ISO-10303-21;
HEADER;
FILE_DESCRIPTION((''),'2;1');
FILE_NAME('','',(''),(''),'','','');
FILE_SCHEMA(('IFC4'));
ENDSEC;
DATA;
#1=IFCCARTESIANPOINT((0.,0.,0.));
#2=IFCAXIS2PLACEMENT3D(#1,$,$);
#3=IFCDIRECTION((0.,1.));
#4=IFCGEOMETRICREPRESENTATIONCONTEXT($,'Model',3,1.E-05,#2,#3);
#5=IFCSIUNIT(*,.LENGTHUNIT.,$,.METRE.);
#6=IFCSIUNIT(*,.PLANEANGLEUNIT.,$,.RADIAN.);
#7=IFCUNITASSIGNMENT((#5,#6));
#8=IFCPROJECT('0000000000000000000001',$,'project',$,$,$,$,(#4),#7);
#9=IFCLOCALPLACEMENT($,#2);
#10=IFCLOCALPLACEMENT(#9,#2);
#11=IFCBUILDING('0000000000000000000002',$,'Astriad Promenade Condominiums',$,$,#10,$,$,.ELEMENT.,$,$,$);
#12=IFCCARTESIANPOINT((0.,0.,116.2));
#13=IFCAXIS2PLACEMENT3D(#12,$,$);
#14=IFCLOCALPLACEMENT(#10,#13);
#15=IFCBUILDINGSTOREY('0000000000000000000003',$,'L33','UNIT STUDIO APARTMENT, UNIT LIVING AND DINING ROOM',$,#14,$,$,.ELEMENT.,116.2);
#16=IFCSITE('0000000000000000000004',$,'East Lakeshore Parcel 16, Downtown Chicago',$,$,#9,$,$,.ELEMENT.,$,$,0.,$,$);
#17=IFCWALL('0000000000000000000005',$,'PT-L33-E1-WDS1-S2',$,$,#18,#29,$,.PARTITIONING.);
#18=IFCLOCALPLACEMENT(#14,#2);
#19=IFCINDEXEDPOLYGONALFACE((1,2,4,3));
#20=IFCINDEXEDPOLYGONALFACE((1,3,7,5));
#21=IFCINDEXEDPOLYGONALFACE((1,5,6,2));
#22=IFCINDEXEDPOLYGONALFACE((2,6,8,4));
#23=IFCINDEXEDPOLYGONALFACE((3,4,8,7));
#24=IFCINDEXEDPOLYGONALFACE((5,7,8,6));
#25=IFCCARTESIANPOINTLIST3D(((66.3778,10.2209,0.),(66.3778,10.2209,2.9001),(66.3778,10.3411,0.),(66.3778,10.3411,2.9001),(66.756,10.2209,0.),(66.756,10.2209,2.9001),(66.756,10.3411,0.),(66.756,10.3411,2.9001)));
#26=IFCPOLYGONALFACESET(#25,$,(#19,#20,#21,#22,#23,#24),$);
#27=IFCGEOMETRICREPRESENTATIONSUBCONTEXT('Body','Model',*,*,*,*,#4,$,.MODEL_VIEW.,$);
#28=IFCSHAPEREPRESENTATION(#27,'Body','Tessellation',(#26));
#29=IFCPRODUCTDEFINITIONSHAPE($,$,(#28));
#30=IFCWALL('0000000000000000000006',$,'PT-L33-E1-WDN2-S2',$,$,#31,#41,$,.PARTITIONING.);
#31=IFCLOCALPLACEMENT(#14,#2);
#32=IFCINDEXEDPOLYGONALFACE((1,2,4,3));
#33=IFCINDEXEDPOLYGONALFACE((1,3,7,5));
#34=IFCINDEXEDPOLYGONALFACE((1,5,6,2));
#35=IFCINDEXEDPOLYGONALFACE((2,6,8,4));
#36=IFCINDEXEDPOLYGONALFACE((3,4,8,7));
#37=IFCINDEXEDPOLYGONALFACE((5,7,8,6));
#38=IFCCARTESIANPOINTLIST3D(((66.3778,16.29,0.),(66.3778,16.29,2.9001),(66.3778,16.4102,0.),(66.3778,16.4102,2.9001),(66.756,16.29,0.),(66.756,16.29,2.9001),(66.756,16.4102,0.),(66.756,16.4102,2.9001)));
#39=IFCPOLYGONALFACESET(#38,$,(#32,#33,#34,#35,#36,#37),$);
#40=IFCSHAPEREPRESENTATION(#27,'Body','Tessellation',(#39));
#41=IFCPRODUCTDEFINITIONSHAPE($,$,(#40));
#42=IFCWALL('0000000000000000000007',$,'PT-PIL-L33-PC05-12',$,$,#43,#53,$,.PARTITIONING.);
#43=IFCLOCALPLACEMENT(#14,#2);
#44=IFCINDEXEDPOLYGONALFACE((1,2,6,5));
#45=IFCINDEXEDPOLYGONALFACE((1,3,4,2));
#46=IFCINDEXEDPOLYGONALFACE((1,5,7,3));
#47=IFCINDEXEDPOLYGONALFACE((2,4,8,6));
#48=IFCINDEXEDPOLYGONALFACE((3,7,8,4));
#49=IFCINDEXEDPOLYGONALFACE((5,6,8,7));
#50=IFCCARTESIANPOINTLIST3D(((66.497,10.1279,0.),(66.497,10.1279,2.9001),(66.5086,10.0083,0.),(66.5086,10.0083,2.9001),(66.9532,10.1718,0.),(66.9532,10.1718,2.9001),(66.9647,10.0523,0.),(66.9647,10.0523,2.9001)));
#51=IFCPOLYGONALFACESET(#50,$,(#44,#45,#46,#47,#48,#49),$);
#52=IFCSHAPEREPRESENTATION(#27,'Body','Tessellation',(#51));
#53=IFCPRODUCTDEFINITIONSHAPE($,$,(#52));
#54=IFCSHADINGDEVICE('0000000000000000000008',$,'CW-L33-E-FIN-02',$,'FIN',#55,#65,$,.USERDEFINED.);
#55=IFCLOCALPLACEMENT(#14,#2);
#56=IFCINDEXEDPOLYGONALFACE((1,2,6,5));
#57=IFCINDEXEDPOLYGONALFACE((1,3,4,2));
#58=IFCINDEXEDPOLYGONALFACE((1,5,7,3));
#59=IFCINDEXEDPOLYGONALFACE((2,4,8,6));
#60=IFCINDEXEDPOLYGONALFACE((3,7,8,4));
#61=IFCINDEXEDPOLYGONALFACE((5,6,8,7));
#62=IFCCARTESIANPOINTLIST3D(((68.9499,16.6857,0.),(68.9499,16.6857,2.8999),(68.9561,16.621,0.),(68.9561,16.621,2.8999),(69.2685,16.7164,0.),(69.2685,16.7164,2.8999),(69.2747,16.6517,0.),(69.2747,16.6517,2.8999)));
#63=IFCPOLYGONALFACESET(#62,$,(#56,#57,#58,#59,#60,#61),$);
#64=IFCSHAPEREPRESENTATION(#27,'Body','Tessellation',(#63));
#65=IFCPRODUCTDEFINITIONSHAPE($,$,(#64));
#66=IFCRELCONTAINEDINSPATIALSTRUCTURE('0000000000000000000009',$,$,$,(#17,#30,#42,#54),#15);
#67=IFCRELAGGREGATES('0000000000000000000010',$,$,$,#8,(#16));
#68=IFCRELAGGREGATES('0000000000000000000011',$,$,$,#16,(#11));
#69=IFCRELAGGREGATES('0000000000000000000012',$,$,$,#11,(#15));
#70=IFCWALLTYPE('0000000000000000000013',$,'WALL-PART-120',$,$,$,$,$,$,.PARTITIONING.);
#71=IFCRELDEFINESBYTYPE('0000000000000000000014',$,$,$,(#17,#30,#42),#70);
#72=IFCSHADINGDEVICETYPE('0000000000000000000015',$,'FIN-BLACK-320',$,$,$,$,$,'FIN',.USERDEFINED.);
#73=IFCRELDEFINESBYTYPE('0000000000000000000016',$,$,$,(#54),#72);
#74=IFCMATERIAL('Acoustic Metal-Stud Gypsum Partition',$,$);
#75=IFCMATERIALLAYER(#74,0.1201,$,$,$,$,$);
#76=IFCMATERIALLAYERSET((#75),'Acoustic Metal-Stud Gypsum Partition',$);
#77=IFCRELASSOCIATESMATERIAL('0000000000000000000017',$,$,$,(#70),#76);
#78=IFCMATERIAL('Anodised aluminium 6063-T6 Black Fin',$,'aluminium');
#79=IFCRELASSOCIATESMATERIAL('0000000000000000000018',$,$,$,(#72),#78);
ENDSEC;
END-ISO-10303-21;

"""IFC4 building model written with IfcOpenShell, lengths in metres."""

from ifc_helpers import new_model, si_unit, direction, frame, frame_2d, origin, origin_2d, place, context, subcontext, project, spatial, rectangle, extrude, source, transform, mapped, material, layer, layer_set, type_object, type_shapes, element, save


model = new_model("IFC4")

# Units and contexts
model_context = context("Model", 3, precision=1e-05, world=origin(), true_north=direction((0.0, 1.0)))
body_context = subcontext(model_context, "Body", "Model", "MODEL_VIEW")
ifc_project = project(units=[si_unit("LENGTHUNIT", "METRE"), si_unit("PLANEANGLEUNIT", "RADIAN")], contexts=[model_context])

# Site, building, storey
site_placement = place(None, origin())
site = spatial("IfcSite", under=ifc_project, at=site_placement, Name="East Lakeshore Parcel 16, Downtown Chicago", CompositionType="ELEMENT", RefElevation=0.0)
building_placement = place(site_placement, origin())
building = spatial("IfcBuilding", under=site, at=building_placement, Name="Astriad Promenade Condominiums", CompositionType="ELEMENT")
storey_placement = place(building_placement, frame((0.0, 0.0, 116.2)))
storey = spatial("IfcBuildingStorey", under=building, at=storey_placement, Name="L33", Description="UNIT STUDIO APARTMENT, UNIT LIVING AND DINING ROOM", CompositionType="ELEMENT", Elevation=116.2)

# Shared definitions
ifc_material_1 = material(Name="Acoustic Metal-Stud Gypsum Partition")
ifc_layer_1 = layer(ifc_material_1, 0.1201)
ifc_layer_set_1 = layer_set([ifc_layer_1], Name="Acoustic Metal-Stud Gypsum Partition")
wall_type_1 = type_object("IfcWallType", Name="WALL-PART-120", PredefinedType="PARTITIONING", material=ifc_layer_set_1)

# Walls
for number, where, z_axis, x_axis, name in (
    (1, (66.3779, 10.281, 0.0), (0.0, 0.0, 1.0), (1.0, 0.0, 0.0), "PT-L33-E1-WDS1-S2"),
    (2, (66.3779, 16.3501, 0.0), (0.0, 0.0, 1.0), (1.0, 0.0, 0.0), "PT-L33-E1-WDN2-S2"),
):
    element("IfcWall", number, at=place(storey_placement, frame(where, z_axis=z_axis, x_axis=x_axis)), inside=storey, type_object=wall_type_1, Name=name, PredefinedType="PARTITIONING", context=body_context, shape_type="SweptSolid", body=[
        extrude(rectangle(XDim=0.3782, YDim=0.1201, at=frame_2d((0.189, 0.0))), origin(), (0.0, 0.0, 1.0), 2.9001),
    ])
wall_1_placement = place(storey_placement, frame((66.5029, 10.0681, 0.0), z_axis=(0.0, 0.0, 1.0), x_axis=(0.995389, 0.095915, 0.0)))
element("IfcWall", 3, at=wall_1_placement, inside=storey, type_object=wall_type_1, Name="PT-PIL-L33-PC05-12", PredefinedType="PARTITIONING", context=body_context, shape_type="SweptSolid", body=[
    extrude(rectangle(XDim=0.4583, YDim=0.1201, at=frame_2d((0.229, 0.0))), origin(), (0.0, 0.0, 1.0), 2.9001),
])

# Shading device
ifc_material_2 = material(Name="Anodised aluminium 6063-T6 Black Fin", Category="aluminium")
shading_device_type = type_object("IfcShadingDeviceType", Name="FIN-BLACK-320", ElementType="FIN", PredefinedType="USERDEFINED", material=ifc_material_2)
shared_shape_1 = source(origin(), body_context, "Body", "SweptSolid", [
    extrude(rectangle(XDim=0.0649, YDim=0.3201, at=origin_2d()), origin(), (0.0, 0.0, 1.0), 2.8999),
])
type_shapes(shading_device_type, [shared_shape_1])
shading_device_placement = place(storey_placement, frame((69.1123, 16.6687, 0.0), z_axis=(0.0, 0.0, 1.0), x_axis=(0.095846, -0.995396, 0.0)))
element("IfcShadingDevice", 4, at=shading_device_placement, inside=storey, type_object=shading_device_type, Name="CW-L33-E-FIN-02", ObjectType="FIN", PredefinedType="USERDEFINED", context=body_context, shape_type="MappedRepresentation", body=[
    mapped(shared_shape_1, transform((0.0, 0.0, 0.0), scale=1.0)),
])

save(model, "model.ifc")
